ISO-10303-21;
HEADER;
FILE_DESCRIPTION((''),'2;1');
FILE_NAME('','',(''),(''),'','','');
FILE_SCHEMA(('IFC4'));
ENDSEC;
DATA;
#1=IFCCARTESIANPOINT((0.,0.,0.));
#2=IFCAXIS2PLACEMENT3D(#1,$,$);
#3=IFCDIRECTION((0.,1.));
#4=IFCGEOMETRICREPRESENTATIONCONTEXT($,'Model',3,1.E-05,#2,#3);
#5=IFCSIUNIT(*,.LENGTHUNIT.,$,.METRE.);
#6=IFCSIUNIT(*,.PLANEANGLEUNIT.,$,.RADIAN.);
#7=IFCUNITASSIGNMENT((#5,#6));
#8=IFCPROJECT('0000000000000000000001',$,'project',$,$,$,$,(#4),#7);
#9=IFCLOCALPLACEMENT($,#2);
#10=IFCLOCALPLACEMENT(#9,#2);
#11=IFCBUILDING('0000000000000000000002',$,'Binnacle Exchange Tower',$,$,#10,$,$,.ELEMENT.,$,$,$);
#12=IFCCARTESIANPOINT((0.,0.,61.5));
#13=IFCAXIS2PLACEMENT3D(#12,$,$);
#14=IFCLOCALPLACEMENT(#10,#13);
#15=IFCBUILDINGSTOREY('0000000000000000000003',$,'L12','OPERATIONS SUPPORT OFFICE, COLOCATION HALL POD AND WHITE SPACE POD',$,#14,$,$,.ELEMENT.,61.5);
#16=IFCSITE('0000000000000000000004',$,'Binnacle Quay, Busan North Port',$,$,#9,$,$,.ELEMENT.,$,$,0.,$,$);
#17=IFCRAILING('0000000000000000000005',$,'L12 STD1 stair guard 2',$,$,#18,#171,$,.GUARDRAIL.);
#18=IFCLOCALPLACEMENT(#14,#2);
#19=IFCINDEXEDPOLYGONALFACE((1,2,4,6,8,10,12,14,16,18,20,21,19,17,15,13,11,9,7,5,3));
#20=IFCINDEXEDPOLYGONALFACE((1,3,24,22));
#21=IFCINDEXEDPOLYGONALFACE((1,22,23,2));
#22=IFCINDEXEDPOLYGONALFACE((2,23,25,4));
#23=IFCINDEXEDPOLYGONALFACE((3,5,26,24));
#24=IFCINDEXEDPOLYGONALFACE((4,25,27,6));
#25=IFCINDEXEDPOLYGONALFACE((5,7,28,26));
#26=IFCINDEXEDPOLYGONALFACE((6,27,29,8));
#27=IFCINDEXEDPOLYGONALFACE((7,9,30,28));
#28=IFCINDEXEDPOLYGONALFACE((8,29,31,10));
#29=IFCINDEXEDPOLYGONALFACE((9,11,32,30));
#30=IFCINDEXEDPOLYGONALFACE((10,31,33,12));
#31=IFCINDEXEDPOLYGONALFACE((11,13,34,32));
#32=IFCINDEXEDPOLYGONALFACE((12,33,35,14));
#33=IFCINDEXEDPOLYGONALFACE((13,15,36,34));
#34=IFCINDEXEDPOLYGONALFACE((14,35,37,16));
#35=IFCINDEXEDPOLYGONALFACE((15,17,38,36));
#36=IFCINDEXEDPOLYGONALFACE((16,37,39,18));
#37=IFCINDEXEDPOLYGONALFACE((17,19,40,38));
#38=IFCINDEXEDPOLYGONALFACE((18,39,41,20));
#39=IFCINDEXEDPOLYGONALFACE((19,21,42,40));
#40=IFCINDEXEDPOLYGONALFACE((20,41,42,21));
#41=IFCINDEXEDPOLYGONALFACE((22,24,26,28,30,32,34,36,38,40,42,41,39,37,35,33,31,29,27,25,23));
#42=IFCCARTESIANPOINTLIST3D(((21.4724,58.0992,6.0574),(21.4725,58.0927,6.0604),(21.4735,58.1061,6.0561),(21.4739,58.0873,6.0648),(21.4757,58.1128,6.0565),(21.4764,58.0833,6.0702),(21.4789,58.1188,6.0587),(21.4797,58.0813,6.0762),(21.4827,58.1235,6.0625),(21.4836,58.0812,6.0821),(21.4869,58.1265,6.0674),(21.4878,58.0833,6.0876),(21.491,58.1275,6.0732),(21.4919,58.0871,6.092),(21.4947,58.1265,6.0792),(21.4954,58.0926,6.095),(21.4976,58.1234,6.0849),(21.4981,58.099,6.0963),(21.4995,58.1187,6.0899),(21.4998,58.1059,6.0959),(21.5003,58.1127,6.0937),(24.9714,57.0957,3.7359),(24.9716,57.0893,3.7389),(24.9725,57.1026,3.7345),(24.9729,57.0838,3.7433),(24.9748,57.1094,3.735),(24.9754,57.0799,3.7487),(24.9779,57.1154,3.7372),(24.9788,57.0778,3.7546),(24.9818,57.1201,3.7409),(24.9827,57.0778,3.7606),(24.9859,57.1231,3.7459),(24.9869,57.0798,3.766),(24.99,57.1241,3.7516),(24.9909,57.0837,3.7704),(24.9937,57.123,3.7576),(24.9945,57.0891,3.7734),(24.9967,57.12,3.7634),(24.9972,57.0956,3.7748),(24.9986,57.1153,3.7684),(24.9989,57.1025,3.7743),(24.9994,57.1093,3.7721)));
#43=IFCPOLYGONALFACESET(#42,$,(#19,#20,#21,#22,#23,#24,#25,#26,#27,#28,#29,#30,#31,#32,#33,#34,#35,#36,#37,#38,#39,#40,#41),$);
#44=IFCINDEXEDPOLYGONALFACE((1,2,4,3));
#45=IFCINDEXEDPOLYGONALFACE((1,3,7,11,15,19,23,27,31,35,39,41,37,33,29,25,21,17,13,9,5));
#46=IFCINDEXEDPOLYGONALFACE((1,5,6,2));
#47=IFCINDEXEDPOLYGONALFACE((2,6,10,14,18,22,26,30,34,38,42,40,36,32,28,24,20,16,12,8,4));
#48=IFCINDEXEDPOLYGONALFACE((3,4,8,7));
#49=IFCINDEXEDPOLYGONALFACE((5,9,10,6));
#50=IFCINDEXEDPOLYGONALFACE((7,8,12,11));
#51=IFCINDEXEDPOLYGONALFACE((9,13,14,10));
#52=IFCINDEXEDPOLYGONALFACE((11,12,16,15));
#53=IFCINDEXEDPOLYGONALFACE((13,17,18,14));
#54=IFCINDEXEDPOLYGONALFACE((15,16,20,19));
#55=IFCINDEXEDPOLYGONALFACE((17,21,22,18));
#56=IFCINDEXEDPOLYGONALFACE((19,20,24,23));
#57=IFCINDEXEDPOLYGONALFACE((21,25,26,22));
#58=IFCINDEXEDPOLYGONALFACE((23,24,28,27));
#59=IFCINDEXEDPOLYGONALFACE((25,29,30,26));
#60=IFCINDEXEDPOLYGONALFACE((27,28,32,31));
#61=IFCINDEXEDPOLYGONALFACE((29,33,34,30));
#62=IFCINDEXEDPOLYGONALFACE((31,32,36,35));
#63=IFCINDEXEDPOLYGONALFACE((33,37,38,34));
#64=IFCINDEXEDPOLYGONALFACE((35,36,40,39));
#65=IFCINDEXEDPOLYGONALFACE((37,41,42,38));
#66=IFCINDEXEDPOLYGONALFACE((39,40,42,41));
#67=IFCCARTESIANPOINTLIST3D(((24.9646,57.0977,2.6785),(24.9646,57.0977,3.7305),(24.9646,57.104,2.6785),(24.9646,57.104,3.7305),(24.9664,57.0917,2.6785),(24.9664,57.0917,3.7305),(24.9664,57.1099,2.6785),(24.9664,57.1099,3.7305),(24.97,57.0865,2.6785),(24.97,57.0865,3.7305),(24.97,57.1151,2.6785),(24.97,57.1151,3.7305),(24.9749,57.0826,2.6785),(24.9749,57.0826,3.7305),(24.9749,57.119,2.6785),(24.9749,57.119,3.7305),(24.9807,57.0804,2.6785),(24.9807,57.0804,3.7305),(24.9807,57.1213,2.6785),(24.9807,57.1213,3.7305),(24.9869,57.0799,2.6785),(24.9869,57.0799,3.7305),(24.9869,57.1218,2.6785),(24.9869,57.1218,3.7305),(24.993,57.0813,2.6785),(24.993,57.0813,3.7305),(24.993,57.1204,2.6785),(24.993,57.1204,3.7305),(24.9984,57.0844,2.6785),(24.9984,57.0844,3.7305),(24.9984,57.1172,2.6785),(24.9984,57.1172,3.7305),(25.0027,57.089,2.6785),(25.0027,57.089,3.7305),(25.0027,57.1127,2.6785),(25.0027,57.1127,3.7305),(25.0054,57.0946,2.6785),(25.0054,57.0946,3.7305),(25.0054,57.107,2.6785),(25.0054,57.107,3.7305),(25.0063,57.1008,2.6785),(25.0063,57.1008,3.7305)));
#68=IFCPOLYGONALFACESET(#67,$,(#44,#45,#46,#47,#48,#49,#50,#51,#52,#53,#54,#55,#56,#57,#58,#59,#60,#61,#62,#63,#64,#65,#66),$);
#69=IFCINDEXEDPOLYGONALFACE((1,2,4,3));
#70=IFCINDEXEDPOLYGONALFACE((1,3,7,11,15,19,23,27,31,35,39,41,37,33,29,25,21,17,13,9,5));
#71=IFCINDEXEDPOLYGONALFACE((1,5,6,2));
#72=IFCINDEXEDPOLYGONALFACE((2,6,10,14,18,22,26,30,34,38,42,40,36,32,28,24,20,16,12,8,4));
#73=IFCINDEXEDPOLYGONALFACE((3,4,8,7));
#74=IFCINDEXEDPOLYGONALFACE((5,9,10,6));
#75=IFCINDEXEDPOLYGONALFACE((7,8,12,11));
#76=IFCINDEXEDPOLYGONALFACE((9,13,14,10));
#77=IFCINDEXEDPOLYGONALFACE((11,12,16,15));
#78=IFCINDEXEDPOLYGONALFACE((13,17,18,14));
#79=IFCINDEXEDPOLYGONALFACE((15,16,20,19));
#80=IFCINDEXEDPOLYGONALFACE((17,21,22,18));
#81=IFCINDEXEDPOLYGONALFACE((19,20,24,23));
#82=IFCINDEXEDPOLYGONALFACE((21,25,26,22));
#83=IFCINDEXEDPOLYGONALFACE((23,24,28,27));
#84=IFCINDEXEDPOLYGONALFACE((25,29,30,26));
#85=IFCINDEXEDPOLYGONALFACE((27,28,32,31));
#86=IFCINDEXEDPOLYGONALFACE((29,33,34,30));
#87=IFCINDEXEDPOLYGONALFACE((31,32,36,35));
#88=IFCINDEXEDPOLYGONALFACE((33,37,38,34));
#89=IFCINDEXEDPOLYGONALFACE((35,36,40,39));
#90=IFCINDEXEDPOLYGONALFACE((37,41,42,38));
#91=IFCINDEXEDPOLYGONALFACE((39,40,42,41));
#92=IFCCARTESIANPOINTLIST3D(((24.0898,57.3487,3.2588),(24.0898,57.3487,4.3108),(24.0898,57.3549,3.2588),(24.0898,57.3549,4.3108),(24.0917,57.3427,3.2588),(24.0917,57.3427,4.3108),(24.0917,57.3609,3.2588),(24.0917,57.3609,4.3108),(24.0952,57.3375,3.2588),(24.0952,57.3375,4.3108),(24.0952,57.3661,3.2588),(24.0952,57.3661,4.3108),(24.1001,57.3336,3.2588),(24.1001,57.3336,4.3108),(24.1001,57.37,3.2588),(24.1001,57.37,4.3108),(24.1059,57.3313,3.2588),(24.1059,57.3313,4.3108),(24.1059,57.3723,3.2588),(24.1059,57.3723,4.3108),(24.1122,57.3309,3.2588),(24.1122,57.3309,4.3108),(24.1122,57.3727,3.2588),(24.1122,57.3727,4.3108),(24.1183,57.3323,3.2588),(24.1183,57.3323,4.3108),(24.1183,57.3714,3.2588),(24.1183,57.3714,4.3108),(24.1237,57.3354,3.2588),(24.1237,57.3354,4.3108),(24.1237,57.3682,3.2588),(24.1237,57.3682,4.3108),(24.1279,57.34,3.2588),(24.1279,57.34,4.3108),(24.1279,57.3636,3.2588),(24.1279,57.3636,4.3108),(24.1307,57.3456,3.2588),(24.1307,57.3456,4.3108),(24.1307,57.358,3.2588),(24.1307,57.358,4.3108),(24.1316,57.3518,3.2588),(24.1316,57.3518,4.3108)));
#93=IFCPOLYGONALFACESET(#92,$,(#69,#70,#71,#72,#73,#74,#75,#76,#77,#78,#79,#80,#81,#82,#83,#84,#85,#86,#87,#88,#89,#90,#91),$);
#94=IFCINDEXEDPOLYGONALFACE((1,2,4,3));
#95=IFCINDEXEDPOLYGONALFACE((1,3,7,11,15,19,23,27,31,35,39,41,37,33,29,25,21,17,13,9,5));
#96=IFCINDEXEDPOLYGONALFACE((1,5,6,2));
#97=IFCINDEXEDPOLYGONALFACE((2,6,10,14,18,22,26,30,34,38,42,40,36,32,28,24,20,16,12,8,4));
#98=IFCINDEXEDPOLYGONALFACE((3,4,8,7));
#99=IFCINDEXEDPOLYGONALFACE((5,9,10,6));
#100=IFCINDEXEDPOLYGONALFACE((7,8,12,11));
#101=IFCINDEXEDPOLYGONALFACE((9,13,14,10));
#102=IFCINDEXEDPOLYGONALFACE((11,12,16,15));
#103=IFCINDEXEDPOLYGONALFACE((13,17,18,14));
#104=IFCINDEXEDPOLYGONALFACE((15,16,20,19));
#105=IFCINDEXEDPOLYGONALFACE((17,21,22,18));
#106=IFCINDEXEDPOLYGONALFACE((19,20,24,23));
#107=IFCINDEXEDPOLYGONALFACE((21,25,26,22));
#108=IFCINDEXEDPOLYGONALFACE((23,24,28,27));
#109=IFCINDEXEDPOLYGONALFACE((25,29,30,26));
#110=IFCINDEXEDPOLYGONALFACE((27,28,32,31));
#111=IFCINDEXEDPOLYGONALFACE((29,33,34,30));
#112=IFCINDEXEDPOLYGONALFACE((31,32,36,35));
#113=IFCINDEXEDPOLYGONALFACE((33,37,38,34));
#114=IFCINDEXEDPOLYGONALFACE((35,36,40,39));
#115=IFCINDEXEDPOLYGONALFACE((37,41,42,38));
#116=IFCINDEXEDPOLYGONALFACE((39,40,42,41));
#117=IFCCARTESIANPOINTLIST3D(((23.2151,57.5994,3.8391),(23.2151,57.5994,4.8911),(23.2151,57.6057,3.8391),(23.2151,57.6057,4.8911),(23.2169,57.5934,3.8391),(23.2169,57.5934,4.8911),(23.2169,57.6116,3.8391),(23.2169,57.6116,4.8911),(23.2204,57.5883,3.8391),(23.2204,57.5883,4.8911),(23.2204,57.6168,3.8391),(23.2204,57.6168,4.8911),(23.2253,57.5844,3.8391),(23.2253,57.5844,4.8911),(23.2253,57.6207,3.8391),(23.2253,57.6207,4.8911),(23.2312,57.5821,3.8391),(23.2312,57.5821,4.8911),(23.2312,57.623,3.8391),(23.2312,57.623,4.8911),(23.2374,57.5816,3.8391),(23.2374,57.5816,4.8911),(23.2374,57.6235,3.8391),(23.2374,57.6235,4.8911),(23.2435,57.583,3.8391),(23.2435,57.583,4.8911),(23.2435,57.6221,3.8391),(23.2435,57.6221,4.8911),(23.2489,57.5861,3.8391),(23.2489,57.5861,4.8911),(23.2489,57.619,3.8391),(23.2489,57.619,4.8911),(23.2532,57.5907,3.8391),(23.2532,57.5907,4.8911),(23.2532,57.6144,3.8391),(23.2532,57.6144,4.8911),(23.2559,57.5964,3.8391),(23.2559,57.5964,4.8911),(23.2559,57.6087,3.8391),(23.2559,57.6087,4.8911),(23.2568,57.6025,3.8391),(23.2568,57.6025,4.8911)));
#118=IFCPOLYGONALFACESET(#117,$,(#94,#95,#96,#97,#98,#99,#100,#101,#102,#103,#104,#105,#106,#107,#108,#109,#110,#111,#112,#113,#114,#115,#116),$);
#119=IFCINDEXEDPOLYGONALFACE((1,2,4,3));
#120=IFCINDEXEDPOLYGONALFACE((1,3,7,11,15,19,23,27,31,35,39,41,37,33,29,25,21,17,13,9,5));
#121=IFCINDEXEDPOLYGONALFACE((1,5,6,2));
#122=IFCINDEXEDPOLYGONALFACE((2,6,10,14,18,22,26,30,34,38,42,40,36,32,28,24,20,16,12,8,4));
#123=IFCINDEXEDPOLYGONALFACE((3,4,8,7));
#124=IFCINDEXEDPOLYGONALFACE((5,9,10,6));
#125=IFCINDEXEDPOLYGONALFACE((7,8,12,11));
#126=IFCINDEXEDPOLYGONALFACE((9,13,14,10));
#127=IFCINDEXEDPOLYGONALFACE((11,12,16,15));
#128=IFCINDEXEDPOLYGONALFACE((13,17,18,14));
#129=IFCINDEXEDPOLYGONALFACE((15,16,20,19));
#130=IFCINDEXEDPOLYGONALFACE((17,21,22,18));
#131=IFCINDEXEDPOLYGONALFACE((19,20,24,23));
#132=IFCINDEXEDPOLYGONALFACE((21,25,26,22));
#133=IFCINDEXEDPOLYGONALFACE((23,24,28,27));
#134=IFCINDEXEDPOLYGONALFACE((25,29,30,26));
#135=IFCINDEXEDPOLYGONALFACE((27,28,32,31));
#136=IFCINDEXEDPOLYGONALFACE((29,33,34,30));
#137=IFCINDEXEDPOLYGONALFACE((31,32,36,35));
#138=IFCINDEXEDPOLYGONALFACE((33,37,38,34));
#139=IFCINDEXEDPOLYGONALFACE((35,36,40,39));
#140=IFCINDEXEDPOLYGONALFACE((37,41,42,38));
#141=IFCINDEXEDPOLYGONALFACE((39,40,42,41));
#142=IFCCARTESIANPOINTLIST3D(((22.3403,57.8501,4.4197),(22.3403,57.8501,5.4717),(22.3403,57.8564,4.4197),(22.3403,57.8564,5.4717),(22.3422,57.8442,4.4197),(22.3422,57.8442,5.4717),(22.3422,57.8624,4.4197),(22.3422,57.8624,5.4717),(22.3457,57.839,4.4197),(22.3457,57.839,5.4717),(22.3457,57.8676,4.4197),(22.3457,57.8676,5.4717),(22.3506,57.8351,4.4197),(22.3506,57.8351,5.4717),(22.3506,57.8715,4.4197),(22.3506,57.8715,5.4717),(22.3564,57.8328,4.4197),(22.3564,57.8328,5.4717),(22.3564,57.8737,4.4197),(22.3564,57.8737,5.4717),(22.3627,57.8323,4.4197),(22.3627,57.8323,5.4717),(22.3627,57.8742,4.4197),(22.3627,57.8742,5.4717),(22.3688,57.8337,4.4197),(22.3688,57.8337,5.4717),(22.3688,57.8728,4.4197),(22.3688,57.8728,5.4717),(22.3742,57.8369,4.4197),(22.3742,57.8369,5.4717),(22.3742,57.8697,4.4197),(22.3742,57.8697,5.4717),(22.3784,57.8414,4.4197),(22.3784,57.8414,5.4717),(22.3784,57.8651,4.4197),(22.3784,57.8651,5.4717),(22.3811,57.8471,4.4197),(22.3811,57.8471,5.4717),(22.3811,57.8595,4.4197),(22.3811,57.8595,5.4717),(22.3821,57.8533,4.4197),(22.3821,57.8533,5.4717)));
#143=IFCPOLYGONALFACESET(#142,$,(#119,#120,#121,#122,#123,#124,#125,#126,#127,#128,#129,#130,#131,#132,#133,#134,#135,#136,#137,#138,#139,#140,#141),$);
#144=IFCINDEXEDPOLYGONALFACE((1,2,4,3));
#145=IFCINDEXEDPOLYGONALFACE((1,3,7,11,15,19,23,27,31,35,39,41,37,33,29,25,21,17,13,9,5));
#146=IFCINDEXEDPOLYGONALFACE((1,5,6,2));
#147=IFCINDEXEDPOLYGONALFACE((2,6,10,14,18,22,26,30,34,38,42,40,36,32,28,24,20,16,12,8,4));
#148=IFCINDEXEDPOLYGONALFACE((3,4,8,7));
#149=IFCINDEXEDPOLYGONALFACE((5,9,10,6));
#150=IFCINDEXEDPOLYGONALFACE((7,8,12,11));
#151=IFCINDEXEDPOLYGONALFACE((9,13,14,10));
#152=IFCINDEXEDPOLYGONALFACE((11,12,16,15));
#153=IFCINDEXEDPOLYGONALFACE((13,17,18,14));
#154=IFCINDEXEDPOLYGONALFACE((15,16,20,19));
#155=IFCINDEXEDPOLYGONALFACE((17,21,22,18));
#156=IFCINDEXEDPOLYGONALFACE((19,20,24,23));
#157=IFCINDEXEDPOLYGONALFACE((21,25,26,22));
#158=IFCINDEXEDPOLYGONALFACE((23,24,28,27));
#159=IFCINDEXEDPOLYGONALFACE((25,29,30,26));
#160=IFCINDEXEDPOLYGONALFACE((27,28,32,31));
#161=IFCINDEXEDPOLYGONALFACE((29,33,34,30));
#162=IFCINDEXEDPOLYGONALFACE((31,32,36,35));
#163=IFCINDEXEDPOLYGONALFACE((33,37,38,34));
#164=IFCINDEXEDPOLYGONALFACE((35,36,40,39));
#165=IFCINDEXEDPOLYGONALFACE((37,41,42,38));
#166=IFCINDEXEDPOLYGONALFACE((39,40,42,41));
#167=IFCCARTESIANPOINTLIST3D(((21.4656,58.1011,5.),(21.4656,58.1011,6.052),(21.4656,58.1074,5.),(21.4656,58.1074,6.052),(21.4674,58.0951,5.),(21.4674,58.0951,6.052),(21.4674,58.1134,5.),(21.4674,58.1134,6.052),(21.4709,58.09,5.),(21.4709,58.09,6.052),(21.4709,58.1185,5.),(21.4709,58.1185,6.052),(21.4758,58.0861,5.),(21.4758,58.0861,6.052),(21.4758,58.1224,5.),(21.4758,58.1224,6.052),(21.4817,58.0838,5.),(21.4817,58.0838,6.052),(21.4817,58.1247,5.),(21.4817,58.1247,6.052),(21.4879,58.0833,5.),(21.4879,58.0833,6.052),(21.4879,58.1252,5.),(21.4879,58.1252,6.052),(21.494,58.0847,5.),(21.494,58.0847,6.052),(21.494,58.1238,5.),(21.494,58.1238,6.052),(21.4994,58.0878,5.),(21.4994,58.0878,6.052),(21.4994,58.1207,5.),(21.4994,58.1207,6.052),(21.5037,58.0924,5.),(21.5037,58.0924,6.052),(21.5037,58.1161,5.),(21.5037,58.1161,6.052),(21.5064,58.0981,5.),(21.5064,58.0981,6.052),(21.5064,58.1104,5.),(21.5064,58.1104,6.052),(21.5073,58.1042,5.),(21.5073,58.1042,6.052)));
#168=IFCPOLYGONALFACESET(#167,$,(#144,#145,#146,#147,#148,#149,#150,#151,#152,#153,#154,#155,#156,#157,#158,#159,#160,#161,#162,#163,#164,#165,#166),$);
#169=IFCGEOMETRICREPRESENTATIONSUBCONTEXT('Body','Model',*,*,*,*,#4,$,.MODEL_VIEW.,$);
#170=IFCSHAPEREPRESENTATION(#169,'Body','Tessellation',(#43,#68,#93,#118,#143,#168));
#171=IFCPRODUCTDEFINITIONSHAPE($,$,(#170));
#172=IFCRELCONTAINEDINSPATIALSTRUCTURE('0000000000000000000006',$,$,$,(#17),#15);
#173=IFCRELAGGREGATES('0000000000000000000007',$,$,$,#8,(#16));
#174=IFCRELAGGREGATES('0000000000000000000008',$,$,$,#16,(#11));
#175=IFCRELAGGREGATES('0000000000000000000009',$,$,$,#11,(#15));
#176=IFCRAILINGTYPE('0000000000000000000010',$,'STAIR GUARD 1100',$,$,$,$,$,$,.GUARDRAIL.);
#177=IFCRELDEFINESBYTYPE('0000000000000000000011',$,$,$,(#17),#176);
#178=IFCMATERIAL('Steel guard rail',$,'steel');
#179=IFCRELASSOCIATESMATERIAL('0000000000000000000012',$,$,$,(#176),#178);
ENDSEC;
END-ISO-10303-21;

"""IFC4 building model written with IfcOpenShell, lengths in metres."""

from ifc_helpers import new_model, si_unit, direction, frame, origin, origin_2d, place, context, subcontext, project, spatial, circle, extrude, material, type_object, element, save


model = new_model("IFC4")

# Units and contexts
model_context = context("Model", 3, precision=1e-05, world=origin(), true_north=direction((0.0, 1.0)))
body_context = subcontext(model_context, "Body", "Model", "MODEL_VIEW")
ifc_project = project(units=[si_unit("LENGTHUNIT", "METRE"), si_unit("PLANEANGLEUNIT", "RADIAN")], contexts=[model_context])

# Site, building, storey
site_placement = place(None, origin())
site = spatial("IfcSite", under=ifc_project, at=site_placement, Name="Binnacle Quay, Busan North Port", CompositionType="ELEMENT", RefElevation=0.0)
building_placement = place(site_placement, origin())
building = spatial("IfcBuilding", under=site, at=building_placement, Name="Binnacle Exchange Tower", CompositionType="ELEMENT")
storey_placement = place(building_placement, frame((0.0, 0.0, 61.5)))
storey = spatial("IfcBuildingStorey", under=building, at=storey_placement, Name="L12", Description="OPERATIONS SUPPORT OFFICE, COLOCATION HALL POD AND WHITE SPACE POD", CompositionType="ELEMENT", Elevation=61.5)

# Railing
ifc_material_1 = material(Name="Steel guard rail", Category="steel")
railing_type_1 = type_object("IfcRailingType", Name="STAIR GUARD 1100", PredefinedType="GUARDRAIL", material=ifc_material_1)
railing_1_placement = place(storey_placement, frame((24.9854, 57.1008, 2.6785)))
element("IfcRailing", 1, at=railing_1_placement, inside=storey, type_object=railing_type_1, Name="L12 STD1 stair guard 2", PredefinedType="GUARDRAIL", context=body_context, shape_type="SweptSolid", body=[
    extrude(circle(Radius=0.0239, at=origin_2d()), frame((0.0, 0.0, 1.0762), z_axis=(-0.810456, 0.232415, 0.537722), x_axis=(-0.27566, -0.961255, 0.0)), (0.0, 0.0, 1.0), 4.3174),
    extrude(circle(Radius=0.021, at=origin_2d()), origin(), (0.0, 0.0, 1.0), 1.052),
    extrude(circle(Radius=0.021, at=origin_2d()), frame((-0.8748, 0.251, 0.5803)), (0.0, 0.0, 1.0), 1.052),
    extrude(circle(Radius=0.021, at=origin_2d()), frame((-1.7495, 0.5017, 1.1606)), (0.0, 0.0, 1.0), 1.052),
    extrude(circle(Radius=0.021, at=origin_2d()), frame((-2.6243, 0.7524, 1.7412)), (0.0, 0.0, 1.0), 1.052),
    extrude(circle(Radius=0.021, at=origin_2d()), frame((-3.499, 1.0034, 2.3215)), (0.0, 0.0, 1.0), 1.052),
])

save(model, "model.ifc")
